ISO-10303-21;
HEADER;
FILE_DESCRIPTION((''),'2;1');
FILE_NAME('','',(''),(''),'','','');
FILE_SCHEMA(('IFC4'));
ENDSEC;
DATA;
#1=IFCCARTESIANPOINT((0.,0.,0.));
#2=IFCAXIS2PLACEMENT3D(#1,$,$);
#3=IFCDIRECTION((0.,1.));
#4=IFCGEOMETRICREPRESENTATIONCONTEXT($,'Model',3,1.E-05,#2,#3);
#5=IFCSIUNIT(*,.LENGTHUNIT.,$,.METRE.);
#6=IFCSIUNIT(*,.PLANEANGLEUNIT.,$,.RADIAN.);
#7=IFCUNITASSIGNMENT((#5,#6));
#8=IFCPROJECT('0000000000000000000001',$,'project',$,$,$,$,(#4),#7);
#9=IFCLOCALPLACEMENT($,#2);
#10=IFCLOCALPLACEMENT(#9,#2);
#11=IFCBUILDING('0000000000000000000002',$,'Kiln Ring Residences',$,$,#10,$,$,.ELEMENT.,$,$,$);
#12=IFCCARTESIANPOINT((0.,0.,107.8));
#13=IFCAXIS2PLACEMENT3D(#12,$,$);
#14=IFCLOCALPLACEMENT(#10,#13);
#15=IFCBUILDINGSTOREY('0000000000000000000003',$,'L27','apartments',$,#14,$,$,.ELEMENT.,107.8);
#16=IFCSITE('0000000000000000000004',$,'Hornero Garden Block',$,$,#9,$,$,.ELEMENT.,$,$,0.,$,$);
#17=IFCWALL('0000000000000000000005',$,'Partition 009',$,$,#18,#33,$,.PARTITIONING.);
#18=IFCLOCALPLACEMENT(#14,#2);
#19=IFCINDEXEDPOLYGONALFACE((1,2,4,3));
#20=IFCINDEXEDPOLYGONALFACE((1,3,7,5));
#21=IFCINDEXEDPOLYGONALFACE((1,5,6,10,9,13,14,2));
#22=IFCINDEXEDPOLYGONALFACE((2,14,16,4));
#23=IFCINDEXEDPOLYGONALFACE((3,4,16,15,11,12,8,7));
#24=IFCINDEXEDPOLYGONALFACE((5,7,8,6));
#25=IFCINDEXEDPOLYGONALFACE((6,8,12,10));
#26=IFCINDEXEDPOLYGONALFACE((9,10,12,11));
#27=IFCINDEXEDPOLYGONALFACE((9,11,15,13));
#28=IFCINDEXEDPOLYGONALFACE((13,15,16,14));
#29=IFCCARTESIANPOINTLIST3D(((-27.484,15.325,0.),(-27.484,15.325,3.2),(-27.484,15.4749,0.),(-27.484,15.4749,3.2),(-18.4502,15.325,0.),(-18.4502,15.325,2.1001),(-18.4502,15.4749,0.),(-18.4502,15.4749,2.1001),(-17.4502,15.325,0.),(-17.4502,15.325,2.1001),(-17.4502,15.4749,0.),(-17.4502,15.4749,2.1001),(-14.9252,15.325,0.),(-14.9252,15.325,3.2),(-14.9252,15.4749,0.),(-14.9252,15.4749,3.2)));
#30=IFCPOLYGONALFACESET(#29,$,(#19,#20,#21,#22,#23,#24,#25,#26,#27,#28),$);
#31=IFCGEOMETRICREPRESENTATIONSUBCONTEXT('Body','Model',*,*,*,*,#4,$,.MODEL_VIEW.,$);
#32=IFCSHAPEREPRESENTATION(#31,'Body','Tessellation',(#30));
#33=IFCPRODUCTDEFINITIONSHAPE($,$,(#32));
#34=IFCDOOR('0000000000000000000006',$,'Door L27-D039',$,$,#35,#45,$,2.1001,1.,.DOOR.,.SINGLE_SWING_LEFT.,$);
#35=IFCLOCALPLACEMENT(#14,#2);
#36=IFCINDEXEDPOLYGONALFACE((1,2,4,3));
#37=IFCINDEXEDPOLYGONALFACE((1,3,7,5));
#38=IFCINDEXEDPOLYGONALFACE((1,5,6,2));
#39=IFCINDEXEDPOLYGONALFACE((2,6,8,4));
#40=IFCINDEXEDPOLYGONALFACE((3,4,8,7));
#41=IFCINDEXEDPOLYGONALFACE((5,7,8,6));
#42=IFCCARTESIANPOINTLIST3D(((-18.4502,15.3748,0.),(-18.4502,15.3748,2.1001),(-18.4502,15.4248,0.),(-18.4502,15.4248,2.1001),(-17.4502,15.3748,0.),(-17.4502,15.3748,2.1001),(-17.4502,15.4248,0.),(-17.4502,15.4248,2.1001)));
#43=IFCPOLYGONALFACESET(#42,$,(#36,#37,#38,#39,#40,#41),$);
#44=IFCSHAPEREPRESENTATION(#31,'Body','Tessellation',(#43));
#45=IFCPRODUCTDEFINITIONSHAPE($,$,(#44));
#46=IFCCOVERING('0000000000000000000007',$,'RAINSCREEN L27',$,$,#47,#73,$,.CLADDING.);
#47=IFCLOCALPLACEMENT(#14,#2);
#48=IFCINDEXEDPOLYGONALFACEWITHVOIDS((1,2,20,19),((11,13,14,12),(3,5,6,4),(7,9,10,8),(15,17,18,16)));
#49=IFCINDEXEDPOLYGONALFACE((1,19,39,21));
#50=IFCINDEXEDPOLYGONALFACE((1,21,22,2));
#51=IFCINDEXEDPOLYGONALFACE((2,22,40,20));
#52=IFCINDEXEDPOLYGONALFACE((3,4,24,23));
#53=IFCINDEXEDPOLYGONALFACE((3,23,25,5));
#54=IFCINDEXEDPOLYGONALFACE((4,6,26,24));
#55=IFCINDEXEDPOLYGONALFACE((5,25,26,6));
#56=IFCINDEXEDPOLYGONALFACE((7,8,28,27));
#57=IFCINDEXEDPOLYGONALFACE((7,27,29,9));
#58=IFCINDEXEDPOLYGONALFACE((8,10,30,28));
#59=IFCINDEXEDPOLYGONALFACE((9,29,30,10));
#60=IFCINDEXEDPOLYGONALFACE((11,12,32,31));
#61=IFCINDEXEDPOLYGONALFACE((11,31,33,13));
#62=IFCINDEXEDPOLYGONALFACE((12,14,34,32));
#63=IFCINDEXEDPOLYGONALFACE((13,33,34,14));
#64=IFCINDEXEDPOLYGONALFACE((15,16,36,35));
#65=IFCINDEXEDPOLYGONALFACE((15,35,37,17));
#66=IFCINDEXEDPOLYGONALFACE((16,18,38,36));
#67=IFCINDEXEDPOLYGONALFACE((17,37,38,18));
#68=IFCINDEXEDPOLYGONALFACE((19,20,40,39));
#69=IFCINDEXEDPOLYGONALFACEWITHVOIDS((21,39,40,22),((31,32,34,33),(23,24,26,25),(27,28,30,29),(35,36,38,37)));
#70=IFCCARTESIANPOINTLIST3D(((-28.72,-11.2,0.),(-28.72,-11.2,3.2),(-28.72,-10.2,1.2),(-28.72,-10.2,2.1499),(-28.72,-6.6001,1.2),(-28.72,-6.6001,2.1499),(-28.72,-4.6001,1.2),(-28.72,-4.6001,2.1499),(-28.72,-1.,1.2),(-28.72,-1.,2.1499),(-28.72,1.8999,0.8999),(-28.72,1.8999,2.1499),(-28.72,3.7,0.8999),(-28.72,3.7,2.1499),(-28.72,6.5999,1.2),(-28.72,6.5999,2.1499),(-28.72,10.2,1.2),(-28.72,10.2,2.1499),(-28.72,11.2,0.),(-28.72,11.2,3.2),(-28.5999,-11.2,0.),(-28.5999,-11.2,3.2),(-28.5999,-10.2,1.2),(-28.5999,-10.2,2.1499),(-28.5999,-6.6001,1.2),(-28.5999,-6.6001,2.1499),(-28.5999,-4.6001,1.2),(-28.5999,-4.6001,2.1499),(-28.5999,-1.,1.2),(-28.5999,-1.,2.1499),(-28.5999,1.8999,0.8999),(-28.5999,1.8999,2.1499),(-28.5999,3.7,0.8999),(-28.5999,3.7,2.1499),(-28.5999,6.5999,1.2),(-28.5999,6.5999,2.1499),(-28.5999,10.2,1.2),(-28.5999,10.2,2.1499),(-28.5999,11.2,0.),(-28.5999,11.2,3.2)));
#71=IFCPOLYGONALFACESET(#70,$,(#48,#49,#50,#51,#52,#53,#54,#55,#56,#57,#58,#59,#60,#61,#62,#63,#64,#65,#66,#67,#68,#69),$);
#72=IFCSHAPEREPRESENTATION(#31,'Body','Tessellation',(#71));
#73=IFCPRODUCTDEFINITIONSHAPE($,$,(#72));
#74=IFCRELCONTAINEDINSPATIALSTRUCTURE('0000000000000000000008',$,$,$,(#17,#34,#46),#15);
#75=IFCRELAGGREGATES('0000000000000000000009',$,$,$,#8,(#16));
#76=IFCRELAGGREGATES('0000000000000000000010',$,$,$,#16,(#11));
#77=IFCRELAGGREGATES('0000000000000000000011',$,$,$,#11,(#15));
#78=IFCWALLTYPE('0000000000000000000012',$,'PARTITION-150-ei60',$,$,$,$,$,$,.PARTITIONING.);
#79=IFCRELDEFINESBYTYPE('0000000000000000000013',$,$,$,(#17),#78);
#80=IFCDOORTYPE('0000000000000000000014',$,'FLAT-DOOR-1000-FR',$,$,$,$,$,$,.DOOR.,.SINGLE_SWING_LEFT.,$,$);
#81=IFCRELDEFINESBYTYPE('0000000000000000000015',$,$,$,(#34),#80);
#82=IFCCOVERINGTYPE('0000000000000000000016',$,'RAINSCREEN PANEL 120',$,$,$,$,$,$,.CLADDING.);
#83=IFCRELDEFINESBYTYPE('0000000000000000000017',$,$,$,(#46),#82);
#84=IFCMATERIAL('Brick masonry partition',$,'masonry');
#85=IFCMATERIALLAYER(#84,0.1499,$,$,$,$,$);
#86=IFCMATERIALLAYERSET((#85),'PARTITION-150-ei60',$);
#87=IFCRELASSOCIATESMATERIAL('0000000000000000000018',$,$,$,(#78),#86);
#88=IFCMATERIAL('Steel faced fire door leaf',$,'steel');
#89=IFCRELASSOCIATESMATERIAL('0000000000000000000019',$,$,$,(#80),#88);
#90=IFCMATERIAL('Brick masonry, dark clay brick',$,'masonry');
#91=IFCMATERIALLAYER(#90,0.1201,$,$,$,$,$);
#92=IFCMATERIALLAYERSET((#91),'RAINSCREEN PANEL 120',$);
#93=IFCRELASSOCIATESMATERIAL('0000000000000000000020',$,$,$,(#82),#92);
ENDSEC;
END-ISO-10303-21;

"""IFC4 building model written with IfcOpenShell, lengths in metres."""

from ifc_helpers import new_model, si_unit, direction, frame, frame_2d, origin, place, context, subcontext, project, spatial, polyline, rectangle, outline, extrude, material, layer, layer_set, type_object, element, fill, save


model = new_model("IFC4")

# Units and contexts
model_context = context("Model", 3, precision=1e-05, world=origin(), true_north=direction((0.0, 1.0)))
body_context = subcontext(model_context, "Body", "Model", "MODEL_VIEW")
ifc_project = project(units=[si_unit("LENGTHUNIT", "METRE"), si_unit("PLANEANGLEUNIT", "RADIAN")], contexts=[model_context])

# Site, building, storey
site_placement = place(None, origin())
site = spatial("IfcSite", under=ifc_project, at=site_placement, Name="Hornero Garden Block", CompositionType="ELEMENT", RefElevation=0.0)
building_placement = place(site_placement, origin())
building = spatial("IfcBuilding", under=site, at=building_placement, Name="Kiln Ring Residences", CompositionType="ELEMENT")
storey_placement = place(building_placement, frame((0.0, 0.0, 107.8)))
storey = spatial("IfcBuildingStorey", under=building, at=storey_placement, Name="L27", Description="apartments", CompositionType="ELEMENT", Elevation=107.8)

# Shared definitions
ifc_material_1 = material(Name="Brick masonry partition", Category="masonry")
ifc_layer_1 = layer(ifc_material_1, 0.1499)
ifc_layer_set_1 = layer_set([ifc_layer_1], Name="PARTITION-150-ei60")
wall_type_1 = type_object("IfcWallType", Name="PARTITION-150-ei60", PredefinedType="PARTITIONING", material=ifc_layer_set_1)
ifc_material_2 = material(Name="Steel faced fire door leaf", Category="steel")
door_type_1 = type_object("IfcDoorType", Name="FLAT-DOOR-1000-FR", OperationType="SINGLE_SWING_LEFT", PredefinedType="DOOR", material=ifc_material_2)

# Wall, opening, door
wall_1_placement = place(storey_placement, frame((-27.4839, 15.3999, 0.0), z_axis=(0.0, 0.0, 1.0), x_axis=(1.0, 0.0, 0.0)))
wall_1 = element("IfcWall", 1, at=wall_1_placement, inside=storey, type_object=wall_type_1, Name="Partition 009", PredefinedType="PARTITIONING", context=body_context, shape_type="SweptSolid", body=[
    extrude(rectangle(XDim=12.5588, YDim=0.1499, at=frame_2d((6.2793, 0.0))), origin(), (0.0, 0.0, 1.0), 3.2),
])
opening_1_placement = place(wall_1_placement, frame((9.0337, 0.0, 0.0)))
opening_1 = element("IfcOpeningElement", 2, at=opening_1_placement, cuts=wall_1, PredefinedType="OPENING", context=body_context, shape_type="SweptSolid", body=[
    extrude(rectangle(XDim=1.0, YDim=2.1001, at=frame_2d((0.5, 1.05))), frame((0.0, 0.085, 0.0), z_axis=(0.0, -1.0, 0.0), x_axis=(1.0, 0.0, 0.0)), (0.0, 0.0, 1.0), 0.1699),
])
door_1_placement = place(opening_1_placement, origin())
door_1 = element("IfcDoor", 3, at=door_1_placement, inside=storey, type_object=door_type_1, Name="Door L27-D039", OperationType="SINGLE_SWING_LEFT", OverallHeight=2.1001, OverallWidth=1.0, PredefinedType="DOOR", context=body_context, shape_type="SweptSolid", body=[
    extrude(rectangle(XDim=1.0, YDim=2.1001, at=frame_2d((0.5, 1.05))), frame((0.0, 0.0249, 0.0), z_axis=(0.0, -1.0, 0.0), x_axis=(1.0, 0.0, 0.0)), (0.0, 0.0, 1.0), 0.05),
])
fill(opening_1, door_1)

# Covering
ifc_material_3 = material(Name="Brick masonry, dark clay brick", Category="masonry")
ifc_layer_2 = layer(ifc_material_3, 0.1201)
ifc_layer_set_2 = layer_set([ifc_layer_2], Name="RAINSCREEN PANEL 120")
covering_type = type_object("IfcCoveringType", Name="RAINSCREEN PANEL 120", PredefinedType="CLADDING", material=ifc_layer_set_2)
covering_placement = place(storey_placement, frame((-28.6599, 11.2, 0.0), z_axis=(0.0, 0.0, 1.0), x_axis=(0.0, -1.0, 0.0)))
element("IfcCovering", 4, at=covering_placement, inside=storey, type_object=covering_type, Name="RAINSCREEN L27", PredefinedType="CLADDING", context=body_context, shape_type="SweptSolid", body=[
    extrude(outline(polyline([(0.0, 0.0), (22.3999, 0.0), (22.3999, 3.2), (0.0, 3.2), (0.0, 0.0)]), holes=[polyline([(9.3, 0.8999), (9.3, 2.1499), (7.5, 2.1499), (7.5, 0.8999), (9.3, 0.8999)]), polyline([(4.6001, 1.2), (4.6001, 2.1499), (1.0, 2.1499), (1.0, 1.2), (4.6001, 1.2)]), polyline([(15.8, 1.2), (15.8, 2.1499), (12.2, 2.1499), (12.2, 1.2), (15.8, 1.2)]), polyline([(21.3999, 1.2), (21.3999, 2.1499), (17.8, 2.1499), (17.8, 1.2), (21.3999, 1.2)])]), frame((0.0, 0.0601, 0.0), z_axis=(0.0, -1.0, 0.0), x_axis=(1.0, 0.0, 0.0)), (0.0, 0.0, 1.0), 0.1201),
])

save(model, "model.ifc")
